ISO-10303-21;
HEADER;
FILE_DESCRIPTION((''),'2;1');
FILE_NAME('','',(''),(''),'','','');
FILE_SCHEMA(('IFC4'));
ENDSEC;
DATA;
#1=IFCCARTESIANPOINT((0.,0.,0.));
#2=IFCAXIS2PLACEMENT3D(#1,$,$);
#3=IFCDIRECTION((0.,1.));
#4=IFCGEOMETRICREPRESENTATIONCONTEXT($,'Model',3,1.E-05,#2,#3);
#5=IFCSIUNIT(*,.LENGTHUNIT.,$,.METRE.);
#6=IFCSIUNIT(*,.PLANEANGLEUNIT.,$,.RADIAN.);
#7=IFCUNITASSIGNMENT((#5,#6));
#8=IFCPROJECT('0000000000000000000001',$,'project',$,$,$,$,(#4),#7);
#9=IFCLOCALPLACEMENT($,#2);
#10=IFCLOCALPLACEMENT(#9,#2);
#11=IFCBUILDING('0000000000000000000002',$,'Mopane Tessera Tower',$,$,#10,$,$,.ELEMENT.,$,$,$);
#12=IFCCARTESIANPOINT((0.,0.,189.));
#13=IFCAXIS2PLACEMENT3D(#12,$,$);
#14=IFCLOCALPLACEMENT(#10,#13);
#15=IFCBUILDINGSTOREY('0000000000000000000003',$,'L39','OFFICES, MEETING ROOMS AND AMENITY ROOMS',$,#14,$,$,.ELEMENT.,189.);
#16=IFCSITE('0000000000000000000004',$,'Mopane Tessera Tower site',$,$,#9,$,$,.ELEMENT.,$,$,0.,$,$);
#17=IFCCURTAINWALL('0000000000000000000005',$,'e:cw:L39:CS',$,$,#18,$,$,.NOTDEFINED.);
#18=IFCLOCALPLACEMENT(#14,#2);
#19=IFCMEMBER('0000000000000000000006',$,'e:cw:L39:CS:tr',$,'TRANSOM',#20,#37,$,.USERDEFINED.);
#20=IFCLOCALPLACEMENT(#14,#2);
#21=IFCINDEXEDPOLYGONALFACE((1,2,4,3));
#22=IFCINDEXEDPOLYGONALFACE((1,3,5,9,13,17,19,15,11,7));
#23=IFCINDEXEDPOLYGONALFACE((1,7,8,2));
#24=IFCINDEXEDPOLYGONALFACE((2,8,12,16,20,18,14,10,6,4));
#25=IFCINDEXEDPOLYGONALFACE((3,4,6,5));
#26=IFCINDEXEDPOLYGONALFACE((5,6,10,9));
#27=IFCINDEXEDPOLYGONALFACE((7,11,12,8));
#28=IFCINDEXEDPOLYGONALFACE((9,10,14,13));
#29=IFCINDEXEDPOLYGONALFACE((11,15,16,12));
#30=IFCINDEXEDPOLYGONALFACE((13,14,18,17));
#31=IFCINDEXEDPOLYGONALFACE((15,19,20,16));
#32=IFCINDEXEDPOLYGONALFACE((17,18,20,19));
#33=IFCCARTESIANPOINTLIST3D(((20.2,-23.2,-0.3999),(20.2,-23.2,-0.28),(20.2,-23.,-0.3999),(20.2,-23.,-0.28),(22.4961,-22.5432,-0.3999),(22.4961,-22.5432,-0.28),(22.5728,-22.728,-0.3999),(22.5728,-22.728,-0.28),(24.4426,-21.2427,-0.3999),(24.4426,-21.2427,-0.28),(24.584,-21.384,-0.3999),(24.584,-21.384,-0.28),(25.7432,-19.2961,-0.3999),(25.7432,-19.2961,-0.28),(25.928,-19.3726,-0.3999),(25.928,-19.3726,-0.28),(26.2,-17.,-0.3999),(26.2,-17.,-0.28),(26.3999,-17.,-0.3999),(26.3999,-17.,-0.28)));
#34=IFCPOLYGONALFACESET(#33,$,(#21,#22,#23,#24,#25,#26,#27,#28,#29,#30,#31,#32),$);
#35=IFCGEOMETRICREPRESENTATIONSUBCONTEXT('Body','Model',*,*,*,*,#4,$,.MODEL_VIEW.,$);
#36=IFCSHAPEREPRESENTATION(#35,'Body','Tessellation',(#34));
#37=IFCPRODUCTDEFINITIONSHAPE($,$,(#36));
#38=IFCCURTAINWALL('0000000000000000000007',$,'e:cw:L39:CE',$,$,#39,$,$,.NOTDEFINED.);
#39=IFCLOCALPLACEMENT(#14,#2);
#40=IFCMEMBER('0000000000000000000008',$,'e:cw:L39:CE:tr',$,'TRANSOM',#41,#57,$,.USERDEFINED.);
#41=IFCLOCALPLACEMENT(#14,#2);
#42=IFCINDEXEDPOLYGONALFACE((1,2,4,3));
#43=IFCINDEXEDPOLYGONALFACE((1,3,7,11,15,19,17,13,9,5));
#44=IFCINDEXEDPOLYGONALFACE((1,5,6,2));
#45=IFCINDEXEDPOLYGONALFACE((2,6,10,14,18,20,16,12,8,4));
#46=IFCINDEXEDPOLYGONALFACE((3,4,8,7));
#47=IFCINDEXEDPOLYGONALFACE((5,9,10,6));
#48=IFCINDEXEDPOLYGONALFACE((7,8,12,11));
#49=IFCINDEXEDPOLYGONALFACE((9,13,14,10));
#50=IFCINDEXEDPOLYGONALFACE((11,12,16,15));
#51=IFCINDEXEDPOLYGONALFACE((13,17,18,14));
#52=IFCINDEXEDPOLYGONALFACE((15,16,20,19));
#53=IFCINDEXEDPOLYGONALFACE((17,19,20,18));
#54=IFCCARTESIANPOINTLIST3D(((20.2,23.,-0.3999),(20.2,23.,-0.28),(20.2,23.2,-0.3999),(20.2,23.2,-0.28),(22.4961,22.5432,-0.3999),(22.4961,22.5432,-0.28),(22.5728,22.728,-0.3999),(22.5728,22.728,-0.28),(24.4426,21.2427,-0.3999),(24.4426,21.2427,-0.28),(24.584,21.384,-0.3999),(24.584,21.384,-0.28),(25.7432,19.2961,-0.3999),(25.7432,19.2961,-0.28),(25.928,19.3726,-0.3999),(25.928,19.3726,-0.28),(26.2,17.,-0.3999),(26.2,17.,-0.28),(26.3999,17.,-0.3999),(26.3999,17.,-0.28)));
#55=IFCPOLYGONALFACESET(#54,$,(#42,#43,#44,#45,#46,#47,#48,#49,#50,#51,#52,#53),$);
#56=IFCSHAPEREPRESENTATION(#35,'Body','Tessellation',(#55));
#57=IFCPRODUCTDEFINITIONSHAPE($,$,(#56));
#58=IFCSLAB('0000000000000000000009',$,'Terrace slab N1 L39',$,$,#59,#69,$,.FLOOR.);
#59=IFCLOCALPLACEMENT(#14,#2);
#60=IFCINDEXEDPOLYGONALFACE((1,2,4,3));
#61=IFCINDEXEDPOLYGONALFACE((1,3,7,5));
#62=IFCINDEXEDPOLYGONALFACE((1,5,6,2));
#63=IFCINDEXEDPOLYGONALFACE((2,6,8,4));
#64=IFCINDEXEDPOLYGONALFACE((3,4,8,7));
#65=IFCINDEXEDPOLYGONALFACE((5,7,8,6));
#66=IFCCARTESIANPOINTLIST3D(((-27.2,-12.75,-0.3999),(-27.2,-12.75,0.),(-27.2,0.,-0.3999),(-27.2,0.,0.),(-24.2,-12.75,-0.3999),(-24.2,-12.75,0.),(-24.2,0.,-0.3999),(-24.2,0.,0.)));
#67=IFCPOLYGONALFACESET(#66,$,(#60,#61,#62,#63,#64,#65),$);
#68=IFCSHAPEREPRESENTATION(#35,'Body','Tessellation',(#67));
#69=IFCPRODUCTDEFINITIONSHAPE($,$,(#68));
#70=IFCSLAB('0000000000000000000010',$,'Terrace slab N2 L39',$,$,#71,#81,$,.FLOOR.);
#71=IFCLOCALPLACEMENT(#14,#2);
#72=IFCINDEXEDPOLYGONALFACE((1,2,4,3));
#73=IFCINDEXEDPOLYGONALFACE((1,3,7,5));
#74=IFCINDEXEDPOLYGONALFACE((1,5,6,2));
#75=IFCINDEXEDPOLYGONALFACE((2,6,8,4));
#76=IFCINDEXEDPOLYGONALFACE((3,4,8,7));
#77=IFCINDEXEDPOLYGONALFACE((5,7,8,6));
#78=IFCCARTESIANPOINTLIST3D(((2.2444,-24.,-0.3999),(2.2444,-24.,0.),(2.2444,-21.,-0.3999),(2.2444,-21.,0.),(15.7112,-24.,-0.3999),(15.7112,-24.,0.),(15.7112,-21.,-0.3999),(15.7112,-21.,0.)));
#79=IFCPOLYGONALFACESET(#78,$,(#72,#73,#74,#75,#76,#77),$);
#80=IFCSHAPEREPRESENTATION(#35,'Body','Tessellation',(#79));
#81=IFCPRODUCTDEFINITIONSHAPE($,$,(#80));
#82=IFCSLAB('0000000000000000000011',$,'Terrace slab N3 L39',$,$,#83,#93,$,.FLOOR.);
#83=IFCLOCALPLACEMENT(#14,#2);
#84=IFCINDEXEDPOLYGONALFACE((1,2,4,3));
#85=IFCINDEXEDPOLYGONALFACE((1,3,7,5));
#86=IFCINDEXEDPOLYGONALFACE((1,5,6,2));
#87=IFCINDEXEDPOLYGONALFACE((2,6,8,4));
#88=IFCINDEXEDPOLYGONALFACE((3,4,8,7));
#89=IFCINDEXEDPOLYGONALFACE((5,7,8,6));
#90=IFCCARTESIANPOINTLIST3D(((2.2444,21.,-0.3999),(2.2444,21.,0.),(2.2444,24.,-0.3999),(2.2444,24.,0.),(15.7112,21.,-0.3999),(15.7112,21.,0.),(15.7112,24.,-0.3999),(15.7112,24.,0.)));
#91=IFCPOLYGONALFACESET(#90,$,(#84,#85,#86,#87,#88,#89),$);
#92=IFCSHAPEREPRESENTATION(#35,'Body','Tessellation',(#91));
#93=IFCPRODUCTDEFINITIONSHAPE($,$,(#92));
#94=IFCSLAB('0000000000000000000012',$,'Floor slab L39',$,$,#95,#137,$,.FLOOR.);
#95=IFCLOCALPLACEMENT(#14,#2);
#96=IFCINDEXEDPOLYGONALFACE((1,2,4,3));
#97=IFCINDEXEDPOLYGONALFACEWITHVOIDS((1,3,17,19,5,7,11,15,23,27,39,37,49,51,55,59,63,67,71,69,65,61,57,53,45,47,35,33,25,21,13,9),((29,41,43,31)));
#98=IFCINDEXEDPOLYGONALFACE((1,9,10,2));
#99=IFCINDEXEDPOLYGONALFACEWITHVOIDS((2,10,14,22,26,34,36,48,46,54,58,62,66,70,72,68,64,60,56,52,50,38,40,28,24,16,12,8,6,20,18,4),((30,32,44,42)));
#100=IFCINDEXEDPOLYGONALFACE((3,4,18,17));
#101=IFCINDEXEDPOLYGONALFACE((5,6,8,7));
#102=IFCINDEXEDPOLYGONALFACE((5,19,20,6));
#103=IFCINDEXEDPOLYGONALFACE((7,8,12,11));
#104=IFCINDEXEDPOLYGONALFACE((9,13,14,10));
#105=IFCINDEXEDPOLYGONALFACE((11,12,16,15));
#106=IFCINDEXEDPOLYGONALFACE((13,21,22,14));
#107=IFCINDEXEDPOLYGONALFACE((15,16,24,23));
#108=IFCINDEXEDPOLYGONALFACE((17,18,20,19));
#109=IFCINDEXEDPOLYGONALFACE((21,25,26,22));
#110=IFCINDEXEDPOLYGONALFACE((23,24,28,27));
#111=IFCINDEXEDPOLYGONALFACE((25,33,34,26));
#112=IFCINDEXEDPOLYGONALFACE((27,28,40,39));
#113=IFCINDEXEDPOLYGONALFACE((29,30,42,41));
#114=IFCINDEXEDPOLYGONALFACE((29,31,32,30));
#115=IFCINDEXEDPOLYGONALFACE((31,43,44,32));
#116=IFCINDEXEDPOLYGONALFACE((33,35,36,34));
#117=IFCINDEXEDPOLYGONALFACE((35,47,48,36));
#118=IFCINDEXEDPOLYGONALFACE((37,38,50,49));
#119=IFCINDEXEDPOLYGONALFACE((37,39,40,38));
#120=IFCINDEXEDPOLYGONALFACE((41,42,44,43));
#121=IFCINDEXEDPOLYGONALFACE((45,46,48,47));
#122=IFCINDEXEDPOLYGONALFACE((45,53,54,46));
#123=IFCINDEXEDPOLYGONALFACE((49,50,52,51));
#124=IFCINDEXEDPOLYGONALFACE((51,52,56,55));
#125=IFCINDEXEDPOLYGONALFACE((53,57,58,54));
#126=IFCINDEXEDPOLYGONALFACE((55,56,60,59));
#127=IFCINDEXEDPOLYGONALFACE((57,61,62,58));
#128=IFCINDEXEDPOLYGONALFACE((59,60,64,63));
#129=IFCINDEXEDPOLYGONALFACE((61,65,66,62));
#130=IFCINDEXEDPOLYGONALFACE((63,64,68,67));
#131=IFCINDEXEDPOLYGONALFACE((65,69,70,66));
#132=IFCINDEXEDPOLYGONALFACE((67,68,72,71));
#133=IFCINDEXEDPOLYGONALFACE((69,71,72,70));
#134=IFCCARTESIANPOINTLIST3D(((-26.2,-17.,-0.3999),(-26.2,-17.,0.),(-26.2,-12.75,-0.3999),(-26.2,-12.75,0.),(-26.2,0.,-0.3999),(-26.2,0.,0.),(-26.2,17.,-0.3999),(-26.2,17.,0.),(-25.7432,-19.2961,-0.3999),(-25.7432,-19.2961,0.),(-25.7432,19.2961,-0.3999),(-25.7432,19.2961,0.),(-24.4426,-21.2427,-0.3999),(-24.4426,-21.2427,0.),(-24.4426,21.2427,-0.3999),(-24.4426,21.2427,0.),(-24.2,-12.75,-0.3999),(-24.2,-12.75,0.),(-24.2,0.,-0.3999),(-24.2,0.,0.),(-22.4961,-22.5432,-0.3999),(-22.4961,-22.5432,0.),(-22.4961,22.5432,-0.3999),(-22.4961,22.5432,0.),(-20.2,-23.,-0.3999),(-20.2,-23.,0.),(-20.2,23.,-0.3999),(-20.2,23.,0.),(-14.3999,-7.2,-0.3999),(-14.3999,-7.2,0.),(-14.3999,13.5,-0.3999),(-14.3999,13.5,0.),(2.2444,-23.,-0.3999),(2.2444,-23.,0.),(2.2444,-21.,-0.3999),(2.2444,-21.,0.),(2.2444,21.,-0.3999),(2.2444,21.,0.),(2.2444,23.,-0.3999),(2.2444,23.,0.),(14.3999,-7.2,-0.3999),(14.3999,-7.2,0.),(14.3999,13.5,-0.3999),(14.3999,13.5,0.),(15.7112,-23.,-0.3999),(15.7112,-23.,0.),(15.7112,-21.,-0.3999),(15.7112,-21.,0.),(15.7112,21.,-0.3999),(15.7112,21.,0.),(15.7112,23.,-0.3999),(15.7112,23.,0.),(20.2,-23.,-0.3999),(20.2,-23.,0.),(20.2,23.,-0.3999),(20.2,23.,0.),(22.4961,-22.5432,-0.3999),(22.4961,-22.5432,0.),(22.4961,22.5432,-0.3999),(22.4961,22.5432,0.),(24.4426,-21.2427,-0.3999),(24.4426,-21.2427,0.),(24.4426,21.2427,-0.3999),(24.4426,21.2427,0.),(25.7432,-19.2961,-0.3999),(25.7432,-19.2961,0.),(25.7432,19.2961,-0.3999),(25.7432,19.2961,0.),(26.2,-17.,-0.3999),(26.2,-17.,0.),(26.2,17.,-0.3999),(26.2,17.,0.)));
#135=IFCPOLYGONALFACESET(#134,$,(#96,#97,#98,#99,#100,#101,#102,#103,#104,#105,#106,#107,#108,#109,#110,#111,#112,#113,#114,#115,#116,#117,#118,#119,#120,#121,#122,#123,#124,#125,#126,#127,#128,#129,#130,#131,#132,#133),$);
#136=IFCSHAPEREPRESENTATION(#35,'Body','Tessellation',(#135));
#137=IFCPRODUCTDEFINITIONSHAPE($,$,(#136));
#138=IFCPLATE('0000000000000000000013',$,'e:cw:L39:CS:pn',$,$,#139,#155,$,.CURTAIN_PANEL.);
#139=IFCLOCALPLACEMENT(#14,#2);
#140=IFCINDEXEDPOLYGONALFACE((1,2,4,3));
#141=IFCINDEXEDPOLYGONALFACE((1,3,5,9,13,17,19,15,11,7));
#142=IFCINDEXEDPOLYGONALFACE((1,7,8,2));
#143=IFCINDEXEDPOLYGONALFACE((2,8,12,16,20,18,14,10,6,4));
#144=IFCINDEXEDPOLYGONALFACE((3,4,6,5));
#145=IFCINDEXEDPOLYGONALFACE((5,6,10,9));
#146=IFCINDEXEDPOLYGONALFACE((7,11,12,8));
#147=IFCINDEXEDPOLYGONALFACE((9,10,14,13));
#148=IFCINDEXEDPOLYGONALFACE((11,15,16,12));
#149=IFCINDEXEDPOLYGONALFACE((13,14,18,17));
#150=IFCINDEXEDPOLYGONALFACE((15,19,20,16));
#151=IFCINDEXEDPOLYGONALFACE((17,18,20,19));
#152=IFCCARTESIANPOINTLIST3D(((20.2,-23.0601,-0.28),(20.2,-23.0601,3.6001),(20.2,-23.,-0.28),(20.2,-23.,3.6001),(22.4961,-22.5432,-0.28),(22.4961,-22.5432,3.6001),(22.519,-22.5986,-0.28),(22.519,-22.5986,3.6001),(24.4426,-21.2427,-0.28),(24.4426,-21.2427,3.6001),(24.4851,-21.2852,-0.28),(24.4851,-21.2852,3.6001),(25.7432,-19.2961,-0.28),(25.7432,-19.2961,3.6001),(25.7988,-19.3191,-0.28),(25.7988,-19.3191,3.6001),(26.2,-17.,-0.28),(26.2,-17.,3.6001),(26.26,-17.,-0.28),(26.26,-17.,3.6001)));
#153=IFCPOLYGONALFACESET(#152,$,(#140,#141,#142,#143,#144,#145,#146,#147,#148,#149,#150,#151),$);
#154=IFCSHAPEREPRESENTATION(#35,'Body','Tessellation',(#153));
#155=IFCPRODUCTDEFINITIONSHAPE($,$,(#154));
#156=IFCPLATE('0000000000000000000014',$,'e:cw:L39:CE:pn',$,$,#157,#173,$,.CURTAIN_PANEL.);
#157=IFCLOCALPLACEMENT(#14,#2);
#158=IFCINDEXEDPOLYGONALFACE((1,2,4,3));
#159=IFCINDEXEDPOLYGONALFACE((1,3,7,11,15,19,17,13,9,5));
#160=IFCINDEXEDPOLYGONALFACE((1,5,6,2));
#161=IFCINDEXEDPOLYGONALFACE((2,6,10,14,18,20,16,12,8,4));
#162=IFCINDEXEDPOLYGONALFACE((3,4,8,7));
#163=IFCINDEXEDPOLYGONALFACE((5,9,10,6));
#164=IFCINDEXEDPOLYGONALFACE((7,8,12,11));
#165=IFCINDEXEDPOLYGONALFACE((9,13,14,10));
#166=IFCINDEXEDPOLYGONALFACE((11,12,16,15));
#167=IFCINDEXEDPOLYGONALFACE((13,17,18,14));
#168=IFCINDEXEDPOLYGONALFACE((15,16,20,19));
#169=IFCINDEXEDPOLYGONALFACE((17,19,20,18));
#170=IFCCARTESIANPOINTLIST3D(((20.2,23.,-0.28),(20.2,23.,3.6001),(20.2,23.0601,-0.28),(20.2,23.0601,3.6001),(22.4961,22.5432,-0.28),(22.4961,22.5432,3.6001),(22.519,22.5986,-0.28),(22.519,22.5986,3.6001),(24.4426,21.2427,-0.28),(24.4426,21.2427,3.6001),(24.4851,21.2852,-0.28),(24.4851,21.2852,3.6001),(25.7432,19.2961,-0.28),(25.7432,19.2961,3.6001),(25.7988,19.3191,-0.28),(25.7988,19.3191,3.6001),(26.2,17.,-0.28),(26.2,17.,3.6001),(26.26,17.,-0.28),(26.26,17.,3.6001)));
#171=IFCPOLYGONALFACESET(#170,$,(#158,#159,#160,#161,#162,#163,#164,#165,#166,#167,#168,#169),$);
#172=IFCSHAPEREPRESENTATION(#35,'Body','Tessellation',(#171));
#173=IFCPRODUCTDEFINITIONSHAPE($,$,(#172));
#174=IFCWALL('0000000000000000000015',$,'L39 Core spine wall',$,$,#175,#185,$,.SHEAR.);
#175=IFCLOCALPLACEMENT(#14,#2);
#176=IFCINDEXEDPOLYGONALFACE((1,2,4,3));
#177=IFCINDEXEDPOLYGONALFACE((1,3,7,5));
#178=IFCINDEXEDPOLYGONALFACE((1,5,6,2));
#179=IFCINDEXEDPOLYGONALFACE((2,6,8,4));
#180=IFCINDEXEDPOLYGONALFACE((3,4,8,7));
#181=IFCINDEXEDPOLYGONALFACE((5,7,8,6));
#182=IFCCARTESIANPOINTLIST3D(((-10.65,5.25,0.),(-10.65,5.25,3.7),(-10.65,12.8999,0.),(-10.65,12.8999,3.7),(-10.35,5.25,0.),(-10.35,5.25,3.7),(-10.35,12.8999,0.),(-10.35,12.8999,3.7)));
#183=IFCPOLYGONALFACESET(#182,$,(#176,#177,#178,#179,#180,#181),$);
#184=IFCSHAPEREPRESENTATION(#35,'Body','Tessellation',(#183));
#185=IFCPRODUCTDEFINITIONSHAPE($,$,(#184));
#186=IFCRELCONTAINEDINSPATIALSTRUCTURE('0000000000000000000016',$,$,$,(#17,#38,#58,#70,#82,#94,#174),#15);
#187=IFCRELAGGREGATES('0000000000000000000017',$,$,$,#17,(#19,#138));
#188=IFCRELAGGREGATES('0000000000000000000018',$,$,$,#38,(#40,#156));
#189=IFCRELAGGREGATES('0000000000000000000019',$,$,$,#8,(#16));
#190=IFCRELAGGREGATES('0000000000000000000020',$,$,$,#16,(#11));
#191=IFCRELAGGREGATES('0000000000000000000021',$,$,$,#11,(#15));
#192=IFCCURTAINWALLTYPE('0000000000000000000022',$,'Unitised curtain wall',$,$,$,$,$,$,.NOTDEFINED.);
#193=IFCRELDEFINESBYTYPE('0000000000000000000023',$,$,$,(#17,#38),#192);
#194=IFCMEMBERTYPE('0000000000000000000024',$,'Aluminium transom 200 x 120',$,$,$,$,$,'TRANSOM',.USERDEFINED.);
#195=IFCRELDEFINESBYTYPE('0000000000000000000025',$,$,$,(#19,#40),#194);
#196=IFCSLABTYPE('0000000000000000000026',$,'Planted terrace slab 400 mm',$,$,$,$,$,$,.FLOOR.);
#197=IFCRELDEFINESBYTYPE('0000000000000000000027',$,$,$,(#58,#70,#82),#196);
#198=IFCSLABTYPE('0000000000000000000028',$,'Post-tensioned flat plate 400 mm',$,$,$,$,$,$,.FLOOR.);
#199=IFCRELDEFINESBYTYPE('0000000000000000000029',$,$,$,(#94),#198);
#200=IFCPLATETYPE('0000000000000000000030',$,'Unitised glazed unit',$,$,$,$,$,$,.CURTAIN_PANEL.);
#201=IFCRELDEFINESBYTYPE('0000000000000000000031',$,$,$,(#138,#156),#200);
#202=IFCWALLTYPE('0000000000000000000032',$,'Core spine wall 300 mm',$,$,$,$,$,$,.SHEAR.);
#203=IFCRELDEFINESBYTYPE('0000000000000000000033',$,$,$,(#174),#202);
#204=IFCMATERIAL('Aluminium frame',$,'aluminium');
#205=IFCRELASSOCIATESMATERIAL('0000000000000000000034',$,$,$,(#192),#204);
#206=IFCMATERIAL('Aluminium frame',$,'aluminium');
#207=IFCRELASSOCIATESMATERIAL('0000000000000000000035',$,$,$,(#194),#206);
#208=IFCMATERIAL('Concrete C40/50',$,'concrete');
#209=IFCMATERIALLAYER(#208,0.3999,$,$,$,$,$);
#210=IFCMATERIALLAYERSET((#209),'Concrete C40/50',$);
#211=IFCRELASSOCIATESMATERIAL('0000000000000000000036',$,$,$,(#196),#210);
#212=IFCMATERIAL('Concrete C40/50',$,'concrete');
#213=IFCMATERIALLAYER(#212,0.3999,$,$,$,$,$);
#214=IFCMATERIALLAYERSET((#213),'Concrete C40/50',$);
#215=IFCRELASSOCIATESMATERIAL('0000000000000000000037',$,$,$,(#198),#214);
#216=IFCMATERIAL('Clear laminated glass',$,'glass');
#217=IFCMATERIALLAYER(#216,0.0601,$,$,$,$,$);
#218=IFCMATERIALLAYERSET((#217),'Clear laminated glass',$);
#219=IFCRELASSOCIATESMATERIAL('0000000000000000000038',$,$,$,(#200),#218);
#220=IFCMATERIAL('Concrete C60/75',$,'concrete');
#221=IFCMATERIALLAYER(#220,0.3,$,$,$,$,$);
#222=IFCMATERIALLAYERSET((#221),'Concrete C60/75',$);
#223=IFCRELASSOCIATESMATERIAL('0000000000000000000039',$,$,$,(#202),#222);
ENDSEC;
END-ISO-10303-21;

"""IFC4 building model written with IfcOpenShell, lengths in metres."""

from ifc_helpers import new_model, si_unit, direction, frame, frame_2d, origin, origin_2d, place, context, subcontext, project, spatial, polyline, rectangle, outline, extrude, material, layer, layer_set, material_profile, profile_set, type_object, element, aggregate, save


model = new_model("IFC4")

# Units and contexts
model_context = context("Model", 3, precision=1e-05, world=origin(), true_north=direction((0.0, 1.0)))
body_context = subcontext(model_context, "Body", "Model", "MODEL_VIEW")
ifc_project = project(units=[si_unit("LENGTHUNIT", "METRE"), si_unit("PLANEANGLEUNIT", "RADIAN")], contexts=[model_context])

# Site, building, storey
site_placement = place(None, origin())
site = spatial("IfcSite", under=ifc_project, at=site_placement, Name="Mopane Tessera Tower site", CompositionType="ELEMENT", RefElevation=0.0)
building_placement = place(site_placement, origin())
building = spatial("IfcBuilding", under=site, at=building_placement, Name="Mopane Tessera Tower", CompositionType="ELEMENT")
storey_placement = place(building_placement, frame((0.0, 0.0, 189.0)))
storey = spatial("IfcBuildingStorey", under=building, at=storey_placement, Name="L39", Description="OFFICES, MEETING ROOMS AND AMENITY ROOMS", CompositionType="ELEMENT", Elevation=189.0)

# Curtain walls, members
ifc_material_1 = material(Name="Aluminium frame", Category="aluminium")
curtain_wall_type = type_object("IfcCurtainWallType", Name="Unitised curtain wall", PredefinedType="NOTDEFINED", material=ifc_material_1)
curtain_wall_1_placement = place(storey_placement, origin())
curtain_wall_1 = element("IfcCurtainWall", 1, at=curtain_wall_1_placement, inside=storey, type_object=curtain_wall_type, Name="e:cw:L39:CS", PredefinedType="NOTDEFINED")
ifc_material_2 = material(Name="Aluminium frame", Category="aluminium")
ifc_material_profile = material_profile(ifc_material_2, rectangle(XDim=0.2, YDim=0.1201, at=origin_2d()))
ifc_profile_set = profile_set([ifc_material_profile], Name="Aluminium frame")
member_type = type_object("IfcMemberType", Name="Aluminium transom 200 x 120", ElementType="TRANSOM", PredefinedType="USERDEFINED", material=ifc_profile_set)
member_1_placement = place(storey_placement, frame((0.0, 0.0, -0.3999)))
member_1 = element("IfcMember", 2, at=member_1_placement, type_object=member_type, Name="e:cw:L39:CS:tr", ObjectType="TRANSOM", PredefinedType="USERDEFINED", context=body_context, shape_type="SweptSolid", body=[
    extrude(outline(polyline([(20.2, -23.0), (22.4961, -22.5432), (24.4426, -21.2427), (25.7432, -19.2961), (26.2, -17.0), (26.3999, -17.0), (25.928, -19.3726), (24.584, -21.384), (22.5728, -22.728), (20.2, -23.2), (20.2, -23.0)])), origin(), (0.0, 0.0, 1.0), 0.1199),
])
curtain_wall_2_placement = place(storey_placement, origin())
curtain_wall_2 = element("IfcCurtainWall", 3, at=curtain_wall_2_placement, inside=storey, type_object=curtain_wall_type, Name="e:cw:L39:CE", PredefinedType="NOTDEFINED")
member_2_placement = place(storey_placement, frame((0.0, 0.0, -0.3999)))
member_2 = element("IfcMember", 4, at=member_2_placement, type_object=member_type, Name="e:cw:L39:CE:tr", ObjectType="TRANSOM", PredefinedType="USERDEFINED", context=body_context, shape_type="SweptSolid", body=[
    extrude(outline(polyline([(26.2, 17.0), (25.7432, 19.2961), (24.4426, 21.2427), (22.4961, 22.5432), (20.2, 23.0), (20.2, 23.2), (22.5728, 22.728), (24.584, 21.384), (25.928, 19.3726), (26.3999, 17.0), (26.2, 17.0)])), origin(), (0.0, 0.0, 1.0), 0.1199),
])

# Slabs
ifc_material_3 = material(Name="Concrete C40/50", Category="concrete")
ifc_layer_1 = layer(ifc_material_3, 0.3999)
ifc_layer_set_1 = layer_set([ifc_layer_1], Name="Concrete C40/50")
slab_type_1 = type_object("IfcSlabType", Name="Planted terrace slab 400 mm", PredefinedType="FLOOR", material=ifc_layer_set_1)
slab_1_placement = place(storey_placement, frame((0.0, 0.0, -0.3999)))
element("IfcSlab", 5, at=slab_1_placement, inside=storey, type_object=slab_type_1, Name="Terrace slab N1 L39", PredefinedType="FLOOR", context=body_context, shape_type="SweptSolid", body=[
    extrude(outline(polyline([(-27.2, -12.75), (-24.2, -12.75), (-24.2, 0.0), (-27.2, 0.0), (-27.2, -12.75)])), origin(), (0.0, 0.0, 1.0), 0.3999),
])
slab_2_placement = place(storey_placement, frame((0.0, 0.0, -0.3999)))
element("IfcSlab", 6, at=slab_2_placement, inside=storey, type_object=slab_type_1, Name="Terrace slab N2 L39", PredefinedType="FLOOR", context=body_context, shape_type="SweptSolid", body=[
    extrude(outline(polyline([(15.7112, -24.0), (15.7112, -21.0), (2.2444, -21.0), (2.2444, -24.0), (15.7112, -24.0)])), origin(), (0.0, 0.0, 1.0), 0.3999),
])
slab_3_placement = place(storey_placement, frame((0.0, 0.0, -0.3999)))
element("IfcSlab", 7, at=slab_3_placement, inside=storey, type_object=slab_type_1, Name="Terrace slab N3 L39", PredefinedType="FLOOR", context=body_context, shape_type="SweptSolid", body=[
    extrude(outline(polyline([(2.2444, 24.0), (2.2444, 21.0), (15.7112, 21.0), (15.7112, 24.0), (2.2444, 24.0)])), origin(), (0.0, 0.0, 1.0), 0.3999),
])
ifc_material_4 = material(Name="Concrete C40/50", Category="concrete")
ifc_layer_2 = layer(ifc_material_4, 0.3999)
ifc_layer_set_2 = layer_set([ifc_layer_2], Name="Concrete C40/50")
slab_type_2 = type_object("IfcSlabType", Name="Post-tensioned flat plate 400 mm", PredefinedType="FLOOR", material=ifc_layer_set_2)
slab_4_placement = place(storey_placement, frame((0.0, 0.0, -0.3999)))
element("IfcSlab", 8, at=slab_4_placement, inside=storey, type_object=slab_type_2, Name="Floor slab L39", PredefinedType="FLOOR", context=body_context, shape_type="SweptSolid", body=[
    extrude(outline(polyline([(-20.2, -23.0), (2.2444, -23.0), (2.2444, -21.0), (15.7112, -21.0), (15.7112, -23.0), (20.2, -23.0), (22.4961, -22.5432), (24.4426, -21.2427), (25.7432, -19.2961), (26.2, -17.0), (26.2, 17.0), (25.7432, 19.2961), (24.4426, 21.2427), (22.4961, 22.5432), (20.2, 23.0), (15.7112, 23.0), (15.7112, 21.0), (2.2444, 21.0), (2.2444, 23.0), (-20.2, 23.0), (-22.4961, 22.5432), (-24.4426, 21.2427), (-25.7432, 19.2961), (-26.2, 17.0), (-26.2, 0.0), (-24.2, 0.0), (-24.2, -12.75), (-26.2, -12.75), (-26.2, -17.0), (-25.7432, -19.2961), (-24.4426, -21.2427), (-22.4961, -22.5432), (-20.2, -23.0)]), holes=[polyline([(14.3999, -7.2), (-14.3999, -7.2), (-14.3999, 13.5), (14.3999, 13.5), (14.3999, -7.2)])]), origin(), (0.0, 0.0, 1.0), 0.3999),
])

# Plates
ifc_material_5 = material(Name="Clear laminated glass", Category="glass")
ifc_layer_3 = layer(ifc_material_5, 0.0601)
ifc_layer_set_3 = layer_set([ifc_layer_3], Name="Clear laminated glass")
plate_type = type_object("IfcPlateType", Name="Unitised glazed unit", PredefinedType="CURTAIN_PANEL", material=ifc_layer_set_3)
plate_1_placement = place(storey_placement, frame((0.0, 0.0, -0.28)))
plate_1 = element("IfcPlate", 9, at=plate_1_placement, type_object=plate_type, Name="e:cw:L39:CS:pn", PredefinedType="CURTAIN_PANEL", context=body_context, shape_type="SweptSolid", body=[
    extrude(outline(polyline([(20.2, -23.0), (22.4961, -22.5432), (24.4426, -21.2427), (25.7432, -19.2961), (26.2, -17.0), (26.26, -17.0), (25.7988, -19.3191), (24.4851, -21.2852), (22.519, -22.5986), (20.2, -23.0601), (20.2, -23.0)])), origin(), (0.0, 0.0, 1.0), 3.8801),
])
aggregate(curtain_wall_1, [member_1, plate_1])
plate_2_placement = place(storey_placement, frame((0.0, 0.0, -0.28)))
plate_2 = element("IfcPlate", 10, at=plate_2_placement, type_object=plate_type, Name="e:cw:L39:CE:pn", PredefinedType="CURTAIN_PANEL", context=body_context, shape_type="SweptSolid", body=[
    extrude(outline(polyline([(26.2, 17.0), (25.7432, 19.2961), (24.4426, 21.2427), (22.4961, 22.5432), (20.2, 23.0), (20.2, 23.0601), (22.519, 22.5986), (24.4851, 21.2852), (25.7988, 19.3191), (26.26, 17.0), (26.2, 17.0)])), origin(), (0.0, 0.0, 1.0), 3.8801),
])
aggregate(curtain_wall_2, [member_2, plate_2])

# Wall
ifc_material_6 = material(Name="Concrete C60/75", Category="concrete")
ifc_layer_4 = layer(ifc_material_6, 0.3)
ifc_layer_set_4 = layer_set([ifc_layer_4], Name="Concrete C60/75")
wall_type_1 = type_object("IfcWallType", Name="Core spine wall 300 mm", PredefinedType="SHEAR", material=ifc_layer_set_4)
wall_1_placement = place(storey_placement, frame((-10.5, 5.25, 0.0), z_axis=(0.0, 0.0, 1.0), x_axis=(0.0, 1.0, 0.0)))
element("IfcWall", 11, at=wall_1_placement, inside=storey, type_object=wall_type_1, Name="L39 Core spine wall", PredefinedType="SHEAR", context=body_context, shape_type="SweptSolid", body=[
    extrude(rectangle(XDim=7.6499, YDim=0.3, at=frame_2d((3.825, 0.0))), origin(), (0.0, 0.0, 1.0), 3.7),
])

save(model, "model.ifc")
